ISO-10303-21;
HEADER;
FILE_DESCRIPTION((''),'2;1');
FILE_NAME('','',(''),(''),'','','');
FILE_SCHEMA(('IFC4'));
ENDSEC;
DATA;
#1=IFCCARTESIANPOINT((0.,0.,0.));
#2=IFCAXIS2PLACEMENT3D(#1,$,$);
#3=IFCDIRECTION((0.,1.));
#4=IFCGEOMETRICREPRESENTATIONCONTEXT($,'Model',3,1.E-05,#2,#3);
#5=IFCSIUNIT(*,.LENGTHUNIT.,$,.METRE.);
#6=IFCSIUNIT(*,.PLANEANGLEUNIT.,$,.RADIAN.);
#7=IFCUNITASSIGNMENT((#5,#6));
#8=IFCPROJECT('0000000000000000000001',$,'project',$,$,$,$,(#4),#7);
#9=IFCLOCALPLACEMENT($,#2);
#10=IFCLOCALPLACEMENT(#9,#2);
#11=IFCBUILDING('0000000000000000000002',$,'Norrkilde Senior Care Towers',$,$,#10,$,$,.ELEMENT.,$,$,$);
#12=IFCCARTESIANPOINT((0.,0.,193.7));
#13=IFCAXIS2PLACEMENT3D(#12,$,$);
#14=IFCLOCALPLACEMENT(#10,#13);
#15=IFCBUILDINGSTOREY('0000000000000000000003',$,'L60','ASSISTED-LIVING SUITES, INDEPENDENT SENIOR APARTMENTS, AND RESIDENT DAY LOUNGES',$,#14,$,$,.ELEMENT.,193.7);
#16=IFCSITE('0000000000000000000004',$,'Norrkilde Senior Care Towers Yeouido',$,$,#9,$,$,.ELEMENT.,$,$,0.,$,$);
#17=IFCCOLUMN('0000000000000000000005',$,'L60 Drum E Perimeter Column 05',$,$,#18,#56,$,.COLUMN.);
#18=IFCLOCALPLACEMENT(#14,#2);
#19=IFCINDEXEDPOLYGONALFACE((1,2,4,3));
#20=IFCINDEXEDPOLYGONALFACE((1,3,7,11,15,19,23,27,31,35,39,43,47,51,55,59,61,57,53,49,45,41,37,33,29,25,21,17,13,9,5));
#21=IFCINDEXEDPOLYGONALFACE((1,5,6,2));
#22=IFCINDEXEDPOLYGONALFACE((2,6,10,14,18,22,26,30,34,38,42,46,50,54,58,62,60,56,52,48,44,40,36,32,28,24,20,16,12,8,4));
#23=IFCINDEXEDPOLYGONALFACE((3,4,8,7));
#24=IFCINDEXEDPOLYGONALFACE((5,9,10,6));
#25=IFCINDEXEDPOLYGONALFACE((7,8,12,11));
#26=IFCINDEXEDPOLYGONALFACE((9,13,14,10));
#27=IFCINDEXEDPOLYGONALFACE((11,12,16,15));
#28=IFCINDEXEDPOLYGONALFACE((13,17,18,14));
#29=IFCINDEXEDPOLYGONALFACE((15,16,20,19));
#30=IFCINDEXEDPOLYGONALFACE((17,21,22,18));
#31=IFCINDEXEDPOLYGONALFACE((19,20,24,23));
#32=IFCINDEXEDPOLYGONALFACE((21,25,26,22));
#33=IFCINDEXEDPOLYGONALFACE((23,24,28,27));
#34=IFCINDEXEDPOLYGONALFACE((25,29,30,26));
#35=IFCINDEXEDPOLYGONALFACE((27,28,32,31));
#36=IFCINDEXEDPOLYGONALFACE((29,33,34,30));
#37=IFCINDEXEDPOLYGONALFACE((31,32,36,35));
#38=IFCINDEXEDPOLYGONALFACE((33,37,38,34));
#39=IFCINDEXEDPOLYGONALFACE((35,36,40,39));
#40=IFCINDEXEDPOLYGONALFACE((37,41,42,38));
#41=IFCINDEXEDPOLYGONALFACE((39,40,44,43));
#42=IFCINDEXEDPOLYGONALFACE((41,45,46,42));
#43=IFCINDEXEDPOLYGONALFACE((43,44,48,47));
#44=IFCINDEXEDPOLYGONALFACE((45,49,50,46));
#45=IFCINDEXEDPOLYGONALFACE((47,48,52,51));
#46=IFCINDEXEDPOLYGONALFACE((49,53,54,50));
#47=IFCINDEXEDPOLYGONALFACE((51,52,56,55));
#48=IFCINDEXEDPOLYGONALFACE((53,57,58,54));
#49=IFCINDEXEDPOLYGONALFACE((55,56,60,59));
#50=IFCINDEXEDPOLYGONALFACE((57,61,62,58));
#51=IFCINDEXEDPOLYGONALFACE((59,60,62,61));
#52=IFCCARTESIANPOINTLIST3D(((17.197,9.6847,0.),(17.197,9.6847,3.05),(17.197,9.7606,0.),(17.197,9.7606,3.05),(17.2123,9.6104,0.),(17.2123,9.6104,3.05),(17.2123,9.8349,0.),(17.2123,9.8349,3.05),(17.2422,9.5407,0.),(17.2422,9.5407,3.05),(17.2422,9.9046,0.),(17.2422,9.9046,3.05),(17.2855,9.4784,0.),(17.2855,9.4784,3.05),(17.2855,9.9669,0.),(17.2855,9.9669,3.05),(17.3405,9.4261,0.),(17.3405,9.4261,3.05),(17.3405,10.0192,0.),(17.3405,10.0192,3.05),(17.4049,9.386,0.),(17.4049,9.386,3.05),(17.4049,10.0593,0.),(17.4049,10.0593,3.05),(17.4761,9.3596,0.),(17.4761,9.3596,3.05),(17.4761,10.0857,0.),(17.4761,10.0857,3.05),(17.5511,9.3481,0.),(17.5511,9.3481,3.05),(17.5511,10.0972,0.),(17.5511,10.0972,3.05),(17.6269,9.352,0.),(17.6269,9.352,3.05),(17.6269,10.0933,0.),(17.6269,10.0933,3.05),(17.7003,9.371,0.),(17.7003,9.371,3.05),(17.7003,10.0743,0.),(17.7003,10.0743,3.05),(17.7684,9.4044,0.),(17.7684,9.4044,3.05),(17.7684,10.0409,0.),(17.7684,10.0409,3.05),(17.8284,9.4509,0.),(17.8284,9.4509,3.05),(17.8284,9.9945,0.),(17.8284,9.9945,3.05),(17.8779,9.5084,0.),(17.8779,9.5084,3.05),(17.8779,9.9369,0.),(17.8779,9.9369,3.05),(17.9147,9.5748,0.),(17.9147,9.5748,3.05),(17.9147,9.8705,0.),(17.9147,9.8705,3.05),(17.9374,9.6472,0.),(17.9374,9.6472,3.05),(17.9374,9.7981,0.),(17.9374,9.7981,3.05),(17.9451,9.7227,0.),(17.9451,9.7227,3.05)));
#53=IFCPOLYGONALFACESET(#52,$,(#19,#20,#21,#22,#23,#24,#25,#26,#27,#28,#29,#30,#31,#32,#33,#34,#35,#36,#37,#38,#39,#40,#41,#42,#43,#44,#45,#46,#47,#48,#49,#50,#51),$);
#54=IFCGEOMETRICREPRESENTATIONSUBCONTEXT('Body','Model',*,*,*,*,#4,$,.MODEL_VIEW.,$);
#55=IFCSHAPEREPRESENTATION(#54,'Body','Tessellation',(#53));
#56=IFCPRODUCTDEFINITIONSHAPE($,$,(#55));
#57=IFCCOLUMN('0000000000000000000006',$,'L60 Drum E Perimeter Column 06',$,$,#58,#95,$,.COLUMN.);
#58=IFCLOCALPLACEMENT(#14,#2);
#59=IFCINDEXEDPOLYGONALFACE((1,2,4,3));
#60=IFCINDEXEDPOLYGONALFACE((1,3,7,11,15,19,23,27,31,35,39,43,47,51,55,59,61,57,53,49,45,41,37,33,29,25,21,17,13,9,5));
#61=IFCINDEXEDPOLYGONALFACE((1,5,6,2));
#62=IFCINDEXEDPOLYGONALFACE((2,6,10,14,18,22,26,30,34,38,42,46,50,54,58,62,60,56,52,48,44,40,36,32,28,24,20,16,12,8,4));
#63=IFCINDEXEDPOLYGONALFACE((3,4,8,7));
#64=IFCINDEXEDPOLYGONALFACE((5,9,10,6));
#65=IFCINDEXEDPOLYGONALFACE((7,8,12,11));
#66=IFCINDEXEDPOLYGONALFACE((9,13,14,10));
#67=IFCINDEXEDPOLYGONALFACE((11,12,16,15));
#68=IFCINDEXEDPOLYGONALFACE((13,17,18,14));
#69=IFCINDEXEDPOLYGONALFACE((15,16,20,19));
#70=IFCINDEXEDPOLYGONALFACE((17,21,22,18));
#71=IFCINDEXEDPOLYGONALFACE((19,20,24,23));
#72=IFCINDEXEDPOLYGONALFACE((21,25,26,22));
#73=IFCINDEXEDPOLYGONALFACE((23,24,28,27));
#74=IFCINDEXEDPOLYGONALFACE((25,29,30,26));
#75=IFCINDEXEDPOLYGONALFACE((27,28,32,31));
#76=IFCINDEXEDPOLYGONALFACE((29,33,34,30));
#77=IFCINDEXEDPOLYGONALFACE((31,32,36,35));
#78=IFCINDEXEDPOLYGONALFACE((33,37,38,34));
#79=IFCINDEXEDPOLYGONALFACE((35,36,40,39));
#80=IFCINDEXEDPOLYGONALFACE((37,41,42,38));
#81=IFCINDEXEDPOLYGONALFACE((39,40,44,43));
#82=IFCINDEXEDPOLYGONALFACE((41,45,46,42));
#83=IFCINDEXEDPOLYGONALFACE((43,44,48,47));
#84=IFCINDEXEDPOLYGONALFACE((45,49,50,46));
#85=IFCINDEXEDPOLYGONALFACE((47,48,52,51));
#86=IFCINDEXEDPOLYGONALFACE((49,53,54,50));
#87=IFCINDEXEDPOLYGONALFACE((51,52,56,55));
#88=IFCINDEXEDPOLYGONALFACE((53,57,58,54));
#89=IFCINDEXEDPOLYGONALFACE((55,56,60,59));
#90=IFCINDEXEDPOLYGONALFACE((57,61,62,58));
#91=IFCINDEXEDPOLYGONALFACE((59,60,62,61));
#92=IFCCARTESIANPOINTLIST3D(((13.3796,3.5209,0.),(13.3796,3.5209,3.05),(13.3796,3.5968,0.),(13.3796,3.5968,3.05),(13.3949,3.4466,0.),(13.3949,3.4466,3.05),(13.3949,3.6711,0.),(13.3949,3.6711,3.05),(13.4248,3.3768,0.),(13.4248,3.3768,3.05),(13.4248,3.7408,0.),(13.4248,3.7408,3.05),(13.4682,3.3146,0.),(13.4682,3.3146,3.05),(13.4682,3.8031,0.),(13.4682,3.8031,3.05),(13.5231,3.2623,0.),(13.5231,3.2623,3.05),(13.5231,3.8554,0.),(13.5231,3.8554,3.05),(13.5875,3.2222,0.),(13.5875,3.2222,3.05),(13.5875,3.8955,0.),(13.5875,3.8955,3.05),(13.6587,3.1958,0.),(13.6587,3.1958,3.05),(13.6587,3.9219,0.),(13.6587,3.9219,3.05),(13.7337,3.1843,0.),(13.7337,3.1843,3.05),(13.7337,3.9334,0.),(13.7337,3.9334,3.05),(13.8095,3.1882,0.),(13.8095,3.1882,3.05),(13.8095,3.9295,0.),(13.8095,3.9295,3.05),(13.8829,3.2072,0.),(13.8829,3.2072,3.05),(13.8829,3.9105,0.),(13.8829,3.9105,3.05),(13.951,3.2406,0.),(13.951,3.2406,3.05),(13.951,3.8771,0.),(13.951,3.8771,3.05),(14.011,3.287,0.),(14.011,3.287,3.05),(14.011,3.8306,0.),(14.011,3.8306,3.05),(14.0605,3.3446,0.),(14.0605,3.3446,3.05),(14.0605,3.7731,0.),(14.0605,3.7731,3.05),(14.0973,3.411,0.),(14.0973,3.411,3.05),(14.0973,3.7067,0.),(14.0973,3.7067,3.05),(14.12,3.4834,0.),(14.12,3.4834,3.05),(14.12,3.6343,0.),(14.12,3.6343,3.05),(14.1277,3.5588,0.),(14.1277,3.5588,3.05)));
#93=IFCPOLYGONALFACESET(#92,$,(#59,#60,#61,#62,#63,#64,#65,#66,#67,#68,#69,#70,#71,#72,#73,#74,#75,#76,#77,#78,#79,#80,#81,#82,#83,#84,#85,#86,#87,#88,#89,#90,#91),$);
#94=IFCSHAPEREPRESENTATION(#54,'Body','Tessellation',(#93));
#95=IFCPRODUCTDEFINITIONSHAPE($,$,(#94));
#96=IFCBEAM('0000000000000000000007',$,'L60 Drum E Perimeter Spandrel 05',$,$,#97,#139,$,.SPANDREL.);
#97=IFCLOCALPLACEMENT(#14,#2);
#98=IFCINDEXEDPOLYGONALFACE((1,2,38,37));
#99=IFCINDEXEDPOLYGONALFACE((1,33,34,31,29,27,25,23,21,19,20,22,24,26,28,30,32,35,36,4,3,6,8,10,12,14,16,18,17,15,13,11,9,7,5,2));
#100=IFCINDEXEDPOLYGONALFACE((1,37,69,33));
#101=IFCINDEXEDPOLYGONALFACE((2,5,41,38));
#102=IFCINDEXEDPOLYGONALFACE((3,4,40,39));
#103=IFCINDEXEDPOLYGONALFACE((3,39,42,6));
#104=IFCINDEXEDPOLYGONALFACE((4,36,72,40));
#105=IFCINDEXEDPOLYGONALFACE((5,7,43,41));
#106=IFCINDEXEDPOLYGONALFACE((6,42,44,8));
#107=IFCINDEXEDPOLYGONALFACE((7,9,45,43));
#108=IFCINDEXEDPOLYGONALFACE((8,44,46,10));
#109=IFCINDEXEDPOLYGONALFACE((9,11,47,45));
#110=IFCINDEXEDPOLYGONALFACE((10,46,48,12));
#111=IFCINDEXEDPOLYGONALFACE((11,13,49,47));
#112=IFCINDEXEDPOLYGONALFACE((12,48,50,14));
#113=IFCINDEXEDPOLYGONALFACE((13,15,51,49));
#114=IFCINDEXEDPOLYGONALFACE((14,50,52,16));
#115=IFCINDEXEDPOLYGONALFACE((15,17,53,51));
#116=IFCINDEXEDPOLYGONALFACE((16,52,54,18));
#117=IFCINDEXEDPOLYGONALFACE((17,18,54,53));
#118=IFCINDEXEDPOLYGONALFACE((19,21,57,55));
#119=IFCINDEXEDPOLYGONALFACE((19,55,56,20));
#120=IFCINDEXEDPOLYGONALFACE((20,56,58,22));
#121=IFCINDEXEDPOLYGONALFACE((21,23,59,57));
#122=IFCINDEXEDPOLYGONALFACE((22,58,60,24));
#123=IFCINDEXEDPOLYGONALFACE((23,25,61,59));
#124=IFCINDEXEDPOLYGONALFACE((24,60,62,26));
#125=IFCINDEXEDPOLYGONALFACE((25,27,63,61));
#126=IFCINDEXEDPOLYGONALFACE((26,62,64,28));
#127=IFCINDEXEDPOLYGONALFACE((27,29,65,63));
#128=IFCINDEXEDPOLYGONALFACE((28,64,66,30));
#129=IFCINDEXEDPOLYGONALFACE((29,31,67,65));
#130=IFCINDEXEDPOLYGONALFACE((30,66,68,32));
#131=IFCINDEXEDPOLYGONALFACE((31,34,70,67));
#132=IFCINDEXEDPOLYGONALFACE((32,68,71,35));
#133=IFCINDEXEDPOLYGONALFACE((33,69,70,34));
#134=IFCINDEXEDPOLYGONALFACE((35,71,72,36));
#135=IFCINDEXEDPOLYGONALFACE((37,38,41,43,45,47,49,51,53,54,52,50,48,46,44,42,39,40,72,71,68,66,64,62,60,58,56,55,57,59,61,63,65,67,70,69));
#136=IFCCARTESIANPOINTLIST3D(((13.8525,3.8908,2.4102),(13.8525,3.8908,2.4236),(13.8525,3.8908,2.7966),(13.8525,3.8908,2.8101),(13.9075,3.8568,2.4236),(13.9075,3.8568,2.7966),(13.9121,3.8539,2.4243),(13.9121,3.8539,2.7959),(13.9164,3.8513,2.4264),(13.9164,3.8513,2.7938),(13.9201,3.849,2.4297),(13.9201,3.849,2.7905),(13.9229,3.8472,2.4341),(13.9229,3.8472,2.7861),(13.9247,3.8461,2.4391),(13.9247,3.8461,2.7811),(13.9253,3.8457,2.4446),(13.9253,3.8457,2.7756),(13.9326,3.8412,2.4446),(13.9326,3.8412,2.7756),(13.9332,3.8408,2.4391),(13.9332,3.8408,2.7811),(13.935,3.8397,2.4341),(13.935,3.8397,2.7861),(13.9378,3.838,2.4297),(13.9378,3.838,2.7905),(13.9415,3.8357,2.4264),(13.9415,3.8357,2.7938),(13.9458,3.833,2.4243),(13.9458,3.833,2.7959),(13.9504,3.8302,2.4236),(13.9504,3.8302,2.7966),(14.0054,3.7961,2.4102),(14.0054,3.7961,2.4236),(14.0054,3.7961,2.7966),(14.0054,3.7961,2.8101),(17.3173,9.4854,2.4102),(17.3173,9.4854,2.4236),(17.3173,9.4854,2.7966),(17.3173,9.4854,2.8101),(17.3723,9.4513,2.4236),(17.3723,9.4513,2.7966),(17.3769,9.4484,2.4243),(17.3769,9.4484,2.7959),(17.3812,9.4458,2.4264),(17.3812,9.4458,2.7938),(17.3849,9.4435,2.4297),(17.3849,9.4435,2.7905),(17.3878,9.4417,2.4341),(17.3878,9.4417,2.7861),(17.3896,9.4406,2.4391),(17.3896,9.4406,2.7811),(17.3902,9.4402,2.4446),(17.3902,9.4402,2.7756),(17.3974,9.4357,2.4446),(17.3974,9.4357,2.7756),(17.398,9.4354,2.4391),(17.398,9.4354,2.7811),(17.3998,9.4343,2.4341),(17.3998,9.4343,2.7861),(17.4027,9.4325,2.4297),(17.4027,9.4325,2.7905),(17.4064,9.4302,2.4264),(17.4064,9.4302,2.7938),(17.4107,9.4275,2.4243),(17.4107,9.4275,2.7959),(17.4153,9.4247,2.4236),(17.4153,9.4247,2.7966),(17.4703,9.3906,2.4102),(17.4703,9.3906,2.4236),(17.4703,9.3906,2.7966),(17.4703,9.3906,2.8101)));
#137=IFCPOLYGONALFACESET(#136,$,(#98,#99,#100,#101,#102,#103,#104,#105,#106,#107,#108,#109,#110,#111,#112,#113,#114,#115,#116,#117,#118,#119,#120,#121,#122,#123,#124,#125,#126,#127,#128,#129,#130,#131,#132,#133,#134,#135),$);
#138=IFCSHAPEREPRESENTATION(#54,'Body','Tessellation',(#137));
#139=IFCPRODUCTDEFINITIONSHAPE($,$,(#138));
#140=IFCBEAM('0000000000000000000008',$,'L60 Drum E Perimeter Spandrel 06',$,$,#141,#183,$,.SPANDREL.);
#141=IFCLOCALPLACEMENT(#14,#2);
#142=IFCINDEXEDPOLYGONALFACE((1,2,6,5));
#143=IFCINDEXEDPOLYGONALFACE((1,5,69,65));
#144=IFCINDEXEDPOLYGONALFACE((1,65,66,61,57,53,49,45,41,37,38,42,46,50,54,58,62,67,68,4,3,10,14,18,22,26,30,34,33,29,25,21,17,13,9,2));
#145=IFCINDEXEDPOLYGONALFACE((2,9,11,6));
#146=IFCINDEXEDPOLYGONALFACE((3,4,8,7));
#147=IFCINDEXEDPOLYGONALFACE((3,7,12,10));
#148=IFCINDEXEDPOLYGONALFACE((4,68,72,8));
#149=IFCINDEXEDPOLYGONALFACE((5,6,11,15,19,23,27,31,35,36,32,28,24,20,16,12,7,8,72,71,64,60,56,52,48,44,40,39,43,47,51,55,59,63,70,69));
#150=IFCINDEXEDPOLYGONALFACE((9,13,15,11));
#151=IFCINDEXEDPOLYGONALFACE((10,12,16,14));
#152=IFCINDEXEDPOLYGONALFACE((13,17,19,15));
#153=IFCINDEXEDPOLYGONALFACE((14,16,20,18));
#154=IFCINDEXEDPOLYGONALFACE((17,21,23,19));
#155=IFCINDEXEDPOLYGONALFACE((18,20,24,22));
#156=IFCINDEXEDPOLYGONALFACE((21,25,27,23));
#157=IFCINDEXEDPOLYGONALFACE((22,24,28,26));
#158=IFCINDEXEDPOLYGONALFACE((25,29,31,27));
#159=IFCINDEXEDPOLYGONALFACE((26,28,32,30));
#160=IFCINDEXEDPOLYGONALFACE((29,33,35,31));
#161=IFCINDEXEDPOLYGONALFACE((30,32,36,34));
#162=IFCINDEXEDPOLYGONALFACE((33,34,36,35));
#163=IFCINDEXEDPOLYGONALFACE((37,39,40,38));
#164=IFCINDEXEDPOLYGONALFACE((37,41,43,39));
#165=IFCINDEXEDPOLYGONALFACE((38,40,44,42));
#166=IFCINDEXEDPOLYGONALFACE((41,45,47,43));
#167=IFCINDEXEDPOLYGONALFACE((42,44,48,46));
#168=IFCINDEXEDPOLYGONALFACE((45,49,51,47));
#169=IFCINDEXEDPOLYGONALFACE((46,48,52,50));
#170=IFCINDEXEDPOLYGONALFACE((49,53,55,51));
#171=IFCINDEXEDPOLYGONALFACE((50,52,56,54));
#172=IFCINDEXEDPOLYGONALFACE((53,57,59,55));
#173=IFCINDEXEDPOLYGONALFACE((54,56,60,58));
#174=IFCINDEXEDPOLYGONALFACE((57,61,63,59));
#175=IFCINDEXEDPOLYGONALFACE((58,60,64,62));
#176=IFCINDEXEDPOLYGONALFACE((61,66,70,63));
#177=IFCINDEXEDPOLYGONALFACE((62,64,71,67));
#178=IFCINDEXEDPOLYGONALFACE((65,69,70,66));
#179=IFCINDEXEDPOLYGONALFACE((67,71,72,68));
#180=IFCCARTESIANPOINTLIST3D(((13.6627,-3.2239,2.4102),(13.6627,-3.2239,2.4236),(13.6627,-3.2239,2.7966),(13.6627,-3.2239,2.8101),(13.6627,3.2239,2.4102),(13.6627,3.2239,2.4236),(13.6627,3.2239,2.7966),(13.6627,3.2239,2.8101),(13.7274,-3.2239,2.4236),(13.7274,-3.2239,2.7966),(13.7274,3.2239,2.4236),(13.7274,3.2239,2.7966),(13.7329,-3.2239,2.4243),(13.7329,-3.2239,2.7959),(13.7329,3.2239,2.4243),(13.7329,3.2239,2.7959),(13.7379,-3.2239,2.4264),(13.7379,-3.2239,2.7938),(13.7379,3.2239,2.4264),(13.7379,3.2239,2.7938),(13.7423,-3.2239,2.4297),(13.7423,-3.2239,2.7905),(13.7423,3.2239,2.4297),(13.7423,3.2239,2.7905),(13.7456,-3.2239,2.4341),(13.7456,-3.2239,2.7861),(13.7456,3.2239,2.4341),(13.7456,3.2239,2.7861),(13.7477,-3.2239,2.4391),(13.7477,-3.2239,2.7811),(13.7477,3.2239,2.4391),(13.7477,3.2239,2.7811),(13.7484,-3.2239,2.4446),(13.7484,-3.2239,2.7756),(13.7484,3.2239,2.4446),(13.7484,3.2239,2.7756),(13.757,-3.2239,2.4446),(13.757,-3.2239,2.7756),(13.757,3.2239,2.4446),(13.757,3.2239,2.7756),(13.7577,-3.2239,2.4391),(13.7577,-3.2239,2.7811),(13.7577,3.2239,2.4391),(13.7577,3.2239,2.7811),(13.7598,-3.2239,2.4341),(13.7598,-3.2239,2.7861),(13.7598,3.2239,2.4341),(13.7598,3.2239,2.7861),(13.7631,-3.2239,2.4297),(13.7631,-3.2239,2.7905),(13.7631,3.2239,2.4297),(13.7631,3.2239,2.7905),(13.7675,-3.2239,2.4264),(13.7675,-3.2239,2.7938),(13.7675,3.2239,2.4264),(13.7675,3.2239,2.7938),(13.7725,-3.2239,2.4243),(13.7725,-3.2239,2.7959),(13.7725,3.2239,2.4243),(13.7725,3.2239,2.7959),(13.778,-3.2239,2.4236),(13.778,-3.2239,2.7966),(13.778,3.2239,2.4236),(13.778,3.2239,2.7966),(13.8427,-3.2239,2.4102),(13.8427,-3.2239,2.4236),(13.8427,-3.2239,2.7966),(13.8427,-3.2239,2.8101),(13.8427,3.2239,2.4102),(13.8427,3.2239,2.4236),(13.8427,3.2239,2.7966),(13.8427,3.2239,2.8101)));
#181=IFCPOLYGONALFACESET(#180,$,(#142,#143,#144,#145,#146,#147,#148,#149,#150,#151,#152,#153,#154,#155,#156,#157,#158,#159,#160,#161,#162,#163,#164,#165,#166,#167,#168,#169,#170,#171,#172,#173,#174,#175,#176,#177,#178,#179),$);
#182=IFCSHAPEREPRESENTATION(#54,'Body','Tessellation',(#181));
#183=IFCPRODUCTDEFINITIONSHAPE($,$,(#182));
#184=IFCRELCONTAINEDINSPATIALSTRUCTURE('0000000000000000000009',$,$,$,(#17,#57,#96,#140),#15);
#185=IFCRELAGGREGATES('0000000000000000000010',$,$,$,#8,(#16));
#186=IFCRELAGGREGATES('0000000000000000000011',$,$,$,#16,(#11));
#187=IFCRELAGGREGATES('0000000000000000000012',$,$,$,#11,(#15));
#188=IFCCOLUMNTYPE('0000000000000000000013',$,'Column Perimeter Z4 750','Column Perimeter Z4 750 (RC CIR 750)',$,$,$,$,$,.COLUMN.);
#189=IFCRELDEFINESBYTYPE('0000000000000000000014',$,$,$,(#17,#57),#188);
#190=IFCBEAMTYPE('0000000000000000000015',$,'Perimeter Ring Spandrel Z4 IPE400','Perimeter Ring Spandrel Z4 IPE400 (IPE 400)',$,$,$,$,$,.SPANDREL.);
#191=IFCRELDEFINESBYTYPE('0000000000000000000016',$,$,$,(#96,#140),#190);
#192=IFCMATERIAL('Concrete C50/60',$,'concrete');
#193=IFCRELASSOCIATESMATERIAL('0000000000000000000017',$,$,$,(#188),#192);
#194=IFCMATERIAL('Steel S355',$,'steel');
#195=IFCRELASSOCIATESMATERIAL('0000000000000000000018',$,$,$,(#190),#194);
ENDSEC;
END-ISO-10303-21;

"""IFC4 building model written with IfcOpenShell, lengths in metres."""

from ifc_helpers import new_model, si_unit, direction, frame, origin, origin_2d, place, context, subcontext, project, spatial, circle, i_section, extrude, source, transform, mapped, material, material_profile, profile_set, type_object, type_shapes, element, save


model = new_model("IFC4")

# Units and contexts
model_context = context("Model", 3, precision=1e-05, world=origin(), true_north=direction((0.0, 1.0)))
body_context = subcontext(model_context, "Body", "Model", "MODEL_VIEW")
ifc_project = project(units=[si_unit("LENGTHUNIT", "METRE"), si_unit("PLANEANGLEUNIT", "RADIAN")], contexts=[model_context])

# Site, building, storey
site_placement = place(None, origin())
site = spatial("IfcSite", under=ifc_project, at=site_placement, Name="Norrkilde Senior Care Towers Yeouido", CompositionType="ELEMENT", RefElevation=0.0)
building_placement = place(site_placement, origin())
building = spatial("IfcBuilding", under=site, at=building_placement, Name="Norrkilde Senior Care Towers", CompositionType="ELEMENT")
storey_placement = place(building_placement, frame((0.0, 0.0, 193.7)))
storey = spatial("IfcBuildingStorey", under=building, at=storey_placement, Name="L60", Description="ASSISTED-LIVING SUITES, INDEPENDENT SENIOR APARTMENTS, AND RESIDENT DAY LOUNGES", CompositionType="ELEMENT", Elevation=193.7)

# Columns
ifc_material_1 = material(Name="Concrete C50/60", Category="concrete")
ifc_material_profile_1 = material_profile(ifc_material_1, circle(Radius=0.375, at=origin_2d()), Name="RC CIR 750")
ifc_profile_set_1 = profile_set([ifc_material_profile_1], Name="Concrete C50/60")
column_type = type_object("IfcColumnType", Name="Column Perimeter Z4 750", Description="Column Perimeter Z4 750 (RC CIR 750)", PredefinedType="COLUMN", material=ifc_profile_set_1)
shared_shape_1 = source(origin(), body_context, "Body", "SweptSolid", [
    extrude(circle(Radius=0.375, at=origin_2d()), origin(), (0.0, 0.0, 1.0), 3.05),
])
type_shapes(column_type, [shared_shape_1])
for number, where, z_axis, x_axis, name in (
    (1, (17.5701, 9.7227, 0.0), (0.0, 0.0, 1.0), (1.0, 0.0, 0.0), "L60 Drum E Perimeter Column 05"),
    (2, (13.7527, 3.5588, 0.0), (0.0, 0.0, 1.0), (1.0, 0.0, 0.0), "L60 Drum E Perimeter Column 06"),
):
    element("IfcColumn", number, at=place(storey_placement, frame(where, z_axis=z_axis, x_axis=x_axis)), inside=storey, type_object=column_type, Name=name, PredefinedType="COLUMN", context=body_context, shape_type="MappedRepresentation", body=[
        mapped(shared_shape_1, transform((0.0, 0.0, 0.0), x_axis=(1.0, 0.0, 0.0), y_axis=(0.0, 1.0, 0.0), z_axis=(0.0, 0.0, 1.0), scale=1.0)),
    ])

# Beams
ifc_material_2 = material(Name="Steel S355", Category="steel")
ifc_material_profile_2 = material_profile(ifc_material_2, i_section(OverallWidth=0.1799, OverallDepth=0.3999, WebThickness=0.0085, FlangeThickness=0.0134, FilletRadius=0.021, at=origin_2d()), Name="IPE 400")
ifc_profile_set_2 = profile_set([ifc_material_profile_2], Name="Steel S355")
beam_type = type_object("IfcBeamType", Name="Perimeter Ring Spandrel Z4 IPE400", Description="Perimeter Ring Spandrel Z4 IPE400 (IPE 400)", PredefinedType="SPANDREL", material=ifc_profile_set_2)
shared_shape_2 = source(origin(), body_context, "Body", "SweptSolid", [
    extrude(i_section(OverallWidth=0.1799, OverallDepth=0.3999, WebThickness=0.0085, FlangeThickness=0.0134, FilletRadius=0.021, at=origin_2d()), origin(), (0.0, 0.0, 1.0), 6.5806),
])
beam_1_placement = place(storey_placement, frame((17.3938, 9.438, 2.6101), z_axis=(-0.52653, -0.850157, 0.0), x_axis=(0.850157, -0.52653, 0.0)))
element("IfcBeam", 3, at=beam_1_placement, inside=storey, type_object=beam_type, Name="L60 Drum E Perimeter Spandrel 05", PredefinedType="SPANDREL", context=body_context, shape_type="MappedRepresentation", body=[
    mapped(shared_shape_2, transform((0.0, 0.0, 0.0), x_axis=(1.0, 0.0, 0.0), y_axis=(0.0, 1.0, 0.0), z_axis=(0.0, 0.0, 1.0), scale=1.0)),
])
shared_shape_3 = source(origin(), body_context, "Body", "SweptSolid", [
    extrude(i_section(OverallWidth=0.1799, OverallDepth=0.3999, WebThickness=0.0085, FlangeThickness=0.0134, FilletRadius=0.021, at=origin_2d()), origin(), (0.0, 0.0, 1.0), 6.4478),
])
type_shapes(beam_type, [shared_shape_2, shared_shape_3])
beam_2_placement = place(storey_placement, frame((13.7527, 3.2239, 2.6101), z_axis=(0.0, -1.0, 0.0), x_axis=(1.0, 0.0, 0.0)))
element("IfcBeam", 4, at=beam_2_placement, inside=storey, type_object=beam_type, Name="L60 Drum E Perimeter Spandrel 06", PredefinedType="SPANDREL", context=body_context, shape_type="MappedRepresentation", body=[
    mapped(shared_shape_3, transform((0.0, 0.0, 0.0), x_axis=(1.0, 0.0, 0.0), y_axis=(0.0, 1.0, 0.0), z_axis=(0.0, 0.0, 1.0), scale=1.0)),
])

save(model, "model.ifc")
